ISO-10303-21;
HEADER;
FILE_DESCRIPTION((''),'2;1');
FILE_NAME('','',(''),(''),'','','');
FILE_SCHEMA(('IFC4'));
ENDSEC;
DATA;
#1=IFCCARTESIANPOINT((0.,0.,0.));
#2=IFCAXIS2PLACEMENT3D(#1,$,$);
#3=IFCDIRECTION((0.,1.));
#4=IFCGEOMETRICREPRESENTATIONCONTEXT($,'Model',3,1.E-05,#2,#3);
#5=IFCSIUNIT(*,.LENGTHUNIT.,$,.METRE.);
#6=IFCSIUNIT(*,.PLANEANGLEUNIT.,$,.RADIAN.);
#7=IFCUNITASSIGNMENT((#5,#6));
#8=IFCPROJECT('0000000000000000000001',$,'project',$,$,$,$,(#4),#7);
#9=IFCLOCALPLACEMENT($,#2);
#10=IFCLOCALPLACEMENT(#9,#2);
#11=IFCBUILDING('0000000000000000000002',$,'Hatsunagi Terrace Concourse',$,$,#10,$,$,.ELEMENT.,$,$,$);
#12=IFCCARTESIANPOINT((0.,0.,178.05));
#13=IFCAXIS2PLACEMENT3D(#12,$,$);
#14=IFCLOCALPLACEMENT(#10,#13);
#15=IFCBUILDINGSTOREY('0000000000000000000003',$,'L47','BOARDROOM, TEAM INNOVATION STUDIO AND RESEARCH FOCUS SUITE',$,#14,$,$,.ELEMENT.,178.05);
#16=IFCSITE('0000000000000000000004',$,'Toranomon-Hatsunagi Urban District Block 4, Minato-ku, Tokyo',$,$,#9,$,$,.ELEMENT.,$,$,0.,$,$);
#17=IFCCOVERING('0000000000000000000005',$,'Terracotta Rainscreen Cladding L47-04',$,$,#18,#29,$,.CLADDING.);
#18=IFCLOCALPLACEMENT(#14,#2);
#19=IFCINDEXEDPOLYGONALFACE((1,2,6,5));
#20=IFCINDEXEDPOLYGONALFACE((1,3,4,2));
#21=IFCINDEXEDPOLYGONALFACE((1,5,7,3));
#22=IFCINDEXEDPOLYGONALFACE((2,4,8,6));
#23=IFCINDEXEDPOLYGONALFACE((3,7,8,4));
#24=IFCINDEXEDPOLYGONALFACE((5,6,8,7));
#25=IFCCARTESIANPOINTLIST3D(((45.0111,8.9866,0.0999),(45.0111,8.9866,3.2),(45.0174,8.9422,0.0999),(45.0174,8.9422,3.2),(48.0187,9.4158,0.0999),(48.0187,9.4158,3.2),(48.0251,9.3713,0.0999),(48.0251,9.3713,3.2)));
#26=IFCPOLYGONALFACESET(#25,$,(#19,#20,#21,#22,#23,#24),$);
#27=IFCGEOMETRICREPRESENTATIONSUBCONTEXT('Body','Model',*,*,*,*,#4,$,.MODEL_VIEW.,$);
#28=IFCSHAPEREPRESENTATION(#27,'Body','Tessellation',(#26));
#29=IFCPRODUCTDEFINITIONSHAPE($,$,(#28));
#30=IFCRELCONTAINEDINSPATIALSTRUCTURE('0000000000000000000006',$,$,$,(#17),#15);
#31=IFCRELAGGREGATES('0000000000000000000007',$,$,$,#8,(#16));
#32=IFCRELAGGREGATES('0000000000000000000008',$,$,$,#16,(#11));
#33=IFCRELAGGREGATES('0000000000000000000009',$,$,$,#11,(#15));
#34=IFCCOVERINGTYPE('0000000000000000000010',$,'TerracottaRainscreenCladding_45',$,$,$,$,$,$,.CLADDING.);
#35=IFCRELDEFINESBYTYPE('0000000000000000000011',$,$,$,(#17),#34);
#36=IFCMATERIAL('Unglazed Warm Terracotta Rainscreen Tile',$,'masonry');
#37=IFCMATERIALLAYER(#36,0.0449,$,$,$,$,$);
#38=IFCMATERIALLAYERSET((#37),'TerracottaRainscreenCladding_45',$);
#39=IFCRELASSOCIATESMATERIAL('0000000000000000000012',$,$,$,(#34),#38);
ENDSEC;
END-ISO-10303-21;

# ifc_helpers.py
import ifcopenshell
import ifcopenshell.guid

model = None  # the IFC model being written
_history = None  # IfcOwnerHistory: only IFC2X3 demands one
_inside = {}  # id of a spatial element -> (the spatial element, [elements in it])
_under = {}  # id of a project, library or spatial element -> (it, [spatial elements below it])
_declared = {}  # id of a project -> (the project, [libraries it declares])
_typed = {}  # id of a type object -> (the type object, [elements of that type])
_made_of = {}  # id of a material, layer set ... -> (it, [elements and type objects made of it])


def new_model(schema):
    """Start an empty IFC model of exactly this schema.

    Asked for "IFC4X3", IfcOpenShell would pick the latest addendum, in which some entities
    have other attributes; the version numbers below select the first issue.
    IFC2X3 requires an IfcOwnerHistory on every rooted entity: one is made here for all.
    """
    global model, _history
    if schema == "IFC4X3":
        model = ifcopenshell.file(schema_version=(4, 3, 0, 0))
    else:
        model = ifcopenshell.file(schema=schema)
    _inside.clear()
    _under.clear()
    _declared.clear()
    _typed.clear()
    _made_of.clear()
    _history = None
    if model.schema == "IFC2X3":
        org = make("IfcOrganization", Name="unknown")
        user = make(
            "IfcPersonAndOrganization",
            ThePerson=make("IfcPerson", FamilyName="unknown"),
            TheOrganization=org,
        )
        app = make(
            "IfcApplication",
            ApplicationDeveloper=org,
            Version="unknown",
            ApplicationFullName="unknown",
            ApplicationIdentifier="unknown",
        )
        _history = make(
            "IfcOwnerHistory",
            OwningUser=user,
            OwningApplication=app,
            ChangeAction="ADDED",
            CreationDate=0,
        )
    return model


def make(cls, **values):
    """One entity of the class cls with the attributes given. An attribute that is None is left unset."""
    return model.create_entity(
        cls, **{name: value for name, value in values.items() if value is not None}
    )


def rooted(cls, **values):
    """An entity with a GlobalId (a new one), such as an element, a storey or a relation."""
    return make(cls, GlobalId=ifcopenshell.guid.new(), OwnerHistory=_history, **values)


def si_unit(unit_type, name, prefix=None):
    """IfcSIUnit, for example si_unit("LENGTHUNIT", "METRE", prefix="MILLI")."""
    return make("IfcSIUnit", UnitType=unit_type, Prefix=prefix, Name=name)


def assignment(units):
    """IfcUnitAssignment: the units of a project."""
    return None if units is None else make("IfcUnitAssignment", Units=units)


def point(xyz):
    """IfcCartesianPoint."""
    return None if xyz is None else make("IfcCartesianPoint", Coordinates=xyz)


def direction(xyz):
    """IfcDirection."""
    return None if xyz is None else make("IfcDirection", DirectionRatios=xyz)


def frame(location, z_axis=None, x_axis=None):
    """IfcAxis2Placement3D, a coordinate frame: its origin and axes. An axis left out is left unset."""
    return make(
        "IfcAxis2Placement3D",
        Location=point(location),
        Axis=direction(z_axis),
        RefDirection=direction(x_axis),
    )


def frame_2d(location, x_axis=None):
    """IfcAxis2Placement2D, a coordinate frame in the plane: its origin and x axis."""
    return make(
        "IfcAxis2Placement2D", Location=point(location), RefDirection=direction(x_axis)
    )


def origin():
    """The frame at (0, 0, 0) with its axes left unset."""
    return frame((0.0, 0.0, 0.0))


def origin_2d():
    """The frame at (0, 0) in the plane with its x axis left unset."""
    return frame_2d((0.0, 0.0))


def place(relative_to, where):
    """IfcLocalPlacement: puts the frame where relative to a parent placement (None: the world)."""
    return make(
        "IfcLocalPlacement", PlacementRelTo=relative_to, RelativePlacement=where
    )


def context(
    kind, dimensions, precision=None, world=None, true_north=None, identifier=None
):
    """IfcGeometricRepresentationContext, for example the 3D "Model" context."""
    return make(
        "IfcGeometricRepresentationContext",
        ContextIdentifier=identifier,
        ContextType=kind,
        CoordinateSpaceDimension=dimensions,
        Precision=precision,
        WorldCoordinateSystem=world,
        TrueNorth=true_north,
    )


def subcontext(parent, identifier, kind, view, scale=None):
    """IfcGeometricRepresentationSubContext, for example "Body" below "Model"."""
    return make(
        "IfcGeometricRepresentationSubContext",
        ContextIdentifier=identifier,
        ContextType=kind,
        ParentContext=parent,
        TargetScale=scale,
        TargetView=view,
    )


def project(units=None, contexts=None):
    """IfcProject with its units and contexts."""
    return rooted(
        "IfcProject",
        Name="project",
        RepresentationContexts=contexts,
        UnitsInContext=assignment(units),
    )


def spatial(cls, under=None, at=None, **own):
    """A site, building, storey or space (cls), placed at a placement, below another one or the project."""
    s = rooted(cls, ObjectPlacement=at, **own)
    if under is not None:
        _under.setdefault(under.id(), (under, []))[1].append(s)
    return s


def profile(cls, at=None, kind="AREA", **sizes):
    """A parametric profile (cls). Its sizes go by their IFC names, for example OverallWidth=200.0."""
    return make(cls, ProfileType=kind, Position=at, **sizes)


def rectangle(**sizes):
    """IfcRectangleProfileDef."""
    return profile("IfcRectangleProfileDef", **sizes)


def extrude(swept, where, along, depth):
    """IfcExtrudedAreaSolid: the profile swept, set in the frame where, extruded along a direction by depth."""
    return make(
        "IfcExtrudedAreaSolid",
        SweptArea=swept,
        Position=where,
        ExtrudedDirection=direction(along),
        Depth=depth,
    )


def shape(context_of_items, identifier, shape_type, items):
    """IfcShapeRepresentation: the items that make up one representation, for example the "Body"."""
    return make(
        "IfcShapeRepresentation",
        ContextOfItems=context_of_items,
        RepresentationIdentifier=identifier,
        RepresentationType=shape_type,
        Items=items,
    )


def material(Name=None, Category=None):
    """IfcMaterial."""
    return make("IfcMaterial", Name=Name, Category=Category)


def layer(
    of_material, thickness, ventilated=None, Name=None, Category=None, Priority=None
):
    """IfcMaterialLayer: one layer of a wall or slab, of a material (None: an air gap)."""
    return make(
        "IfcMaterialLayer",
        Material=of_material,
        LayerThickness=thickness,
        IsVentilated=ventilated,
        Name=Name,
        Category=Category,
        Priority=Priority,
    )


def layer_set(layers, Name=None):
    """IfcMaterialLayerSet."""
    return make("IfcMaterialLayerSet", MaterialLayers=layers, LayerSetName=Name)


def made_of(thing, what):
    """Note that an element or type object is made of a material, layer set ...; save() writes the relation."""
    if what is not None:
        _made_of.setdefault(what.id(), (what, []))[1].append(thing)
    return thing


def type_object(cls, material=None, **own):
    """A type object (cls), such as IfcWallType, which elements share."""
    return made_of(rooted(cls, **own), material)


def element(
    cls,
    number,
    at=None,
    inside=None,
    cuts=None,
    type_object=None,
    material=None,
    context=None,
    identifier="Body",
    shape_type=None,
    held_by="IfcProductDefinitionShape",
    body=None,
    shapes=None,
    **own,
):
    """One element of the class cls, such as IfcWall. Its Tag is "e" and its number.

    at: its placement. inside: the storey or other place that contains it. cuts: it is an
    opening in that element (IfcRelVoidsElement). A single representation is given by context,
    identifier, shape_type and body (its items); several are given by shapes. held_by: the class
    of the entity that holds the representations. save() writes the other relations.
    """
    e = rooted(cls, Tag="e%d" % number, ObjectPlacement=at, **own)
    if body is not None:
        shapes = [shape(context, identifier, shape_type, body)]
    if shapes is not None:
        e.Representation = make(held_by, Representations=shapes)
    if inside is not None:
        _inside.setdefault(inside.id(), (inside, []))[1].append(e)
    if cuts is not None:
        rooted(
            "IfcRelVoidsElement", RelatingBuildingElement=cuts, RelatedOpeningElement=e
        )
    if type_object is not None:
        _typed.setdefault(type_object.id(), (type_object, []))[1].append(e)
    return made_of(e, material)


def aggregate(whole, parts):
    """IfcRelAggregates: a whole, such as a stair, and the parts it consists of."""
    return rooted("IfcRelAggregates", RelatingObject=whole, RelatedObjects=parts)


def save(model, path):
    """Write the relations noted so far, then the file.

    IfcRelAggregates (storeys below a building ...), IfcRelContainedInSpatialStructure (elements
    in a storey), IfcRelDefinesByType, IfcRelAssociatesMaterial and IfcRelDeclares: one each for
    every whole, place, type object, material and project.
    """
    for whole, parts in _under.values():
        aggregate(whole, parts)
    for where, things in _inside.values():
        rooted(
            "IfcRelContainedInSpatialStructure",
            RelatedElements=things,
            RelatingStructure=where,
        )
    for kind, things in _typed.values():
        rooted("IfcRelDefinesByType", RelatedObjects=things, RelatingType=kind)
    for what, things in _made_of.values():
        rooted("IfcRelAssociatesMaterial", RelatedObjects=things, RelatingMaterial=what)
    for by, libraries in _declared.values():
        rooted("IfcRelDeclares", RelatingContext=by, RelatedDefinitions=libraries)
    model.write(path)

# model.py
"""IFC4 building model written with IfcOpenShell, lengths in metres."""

from ifc_helpers import new_model, si_unit, direction, frame, origin, origin_2d, place, context, subcontext, project, spatial, rectangle, extrude, material, layer, layer_set, type_object, element, save


model = new_model("IFC4")

# Units and contexts
model_context = context("Model", 3, precision=1e-05, world=origin(), true_north=direction((0.0, 1.0)))
body_context = subcontext(model_context, "Body", "Model", "MODEL_VIEW")
ifc_project = project(units=[si_unit("LENGTHUNIT", "METRE"), si_unit("PLANEANGLEUNIT", "RADIAN")], contexts=[model_context])

# Site, building, storey
site_placement = place(None, origin())
site = spatial("IfcSite", under=ifc_project, at=site_placement, Name="Toranomon-Hatsunagi Urban District Block 4, Minato-ku, Tokyo", CompositionType="ELEMENT", RefElevation=0.0)
building_placement = place(site_placement, origin())
building = spatial("IfcBuilding", under=site, at=building_placement, Name="Hatsunagi Terrace Concourse", CompositionType="ELEMENT")
storey_placement = place(building_placement, frame((0.0, 0.0, 178.05)))
storey = spatial("IfcBuildingStorey", under=building, at=storey_placement, Name="L47", Description="BOARDROOM, TEAM INNOVATION STUDIO AND RESEARCH FOCUS SUITE", CompositionType="ELEMENT", Elevation=178.05)

# Covering
ifc_material_1 = material(Name="Unglazed Warm Terracotta Rainscreen Tile", Category="masonry")
ifc_layer_1 = layer(ifc_material_1, 0.0449)
ifc_layer_set_1 = layer_set([ifc_layer_1], Name="TerracottaRainscreenCladding_45")
covering_type = type_object("IfcCoveringType", Name="TerracottaRainscreenCladding_45", PredefinedType="CLADDING", material=ifc_layer_set_1)
covering_placement = place(storey_placement, frame((46.5181, 9.179, 0.0999), z_axis=(0.0, 0.0, 1.0), x_axis=(-0.989974, -0.14125, 0.0)))
element("IfcCovering", 1, at=covering_placement, inside=storey, type_object=covering_type, Name="Terracotta Rainscreen Cladding L47-04", PredefinedType="CLADDING", context=body_context, shape_type="SweptSolid", body=[
    extrude(rectangle(XDim=3.0381, YDim=0.0449, at=origin_2d()), origin(), (0.0, 0.0, 1.0), 3.1001),
])

save(model, "model.ifc")
